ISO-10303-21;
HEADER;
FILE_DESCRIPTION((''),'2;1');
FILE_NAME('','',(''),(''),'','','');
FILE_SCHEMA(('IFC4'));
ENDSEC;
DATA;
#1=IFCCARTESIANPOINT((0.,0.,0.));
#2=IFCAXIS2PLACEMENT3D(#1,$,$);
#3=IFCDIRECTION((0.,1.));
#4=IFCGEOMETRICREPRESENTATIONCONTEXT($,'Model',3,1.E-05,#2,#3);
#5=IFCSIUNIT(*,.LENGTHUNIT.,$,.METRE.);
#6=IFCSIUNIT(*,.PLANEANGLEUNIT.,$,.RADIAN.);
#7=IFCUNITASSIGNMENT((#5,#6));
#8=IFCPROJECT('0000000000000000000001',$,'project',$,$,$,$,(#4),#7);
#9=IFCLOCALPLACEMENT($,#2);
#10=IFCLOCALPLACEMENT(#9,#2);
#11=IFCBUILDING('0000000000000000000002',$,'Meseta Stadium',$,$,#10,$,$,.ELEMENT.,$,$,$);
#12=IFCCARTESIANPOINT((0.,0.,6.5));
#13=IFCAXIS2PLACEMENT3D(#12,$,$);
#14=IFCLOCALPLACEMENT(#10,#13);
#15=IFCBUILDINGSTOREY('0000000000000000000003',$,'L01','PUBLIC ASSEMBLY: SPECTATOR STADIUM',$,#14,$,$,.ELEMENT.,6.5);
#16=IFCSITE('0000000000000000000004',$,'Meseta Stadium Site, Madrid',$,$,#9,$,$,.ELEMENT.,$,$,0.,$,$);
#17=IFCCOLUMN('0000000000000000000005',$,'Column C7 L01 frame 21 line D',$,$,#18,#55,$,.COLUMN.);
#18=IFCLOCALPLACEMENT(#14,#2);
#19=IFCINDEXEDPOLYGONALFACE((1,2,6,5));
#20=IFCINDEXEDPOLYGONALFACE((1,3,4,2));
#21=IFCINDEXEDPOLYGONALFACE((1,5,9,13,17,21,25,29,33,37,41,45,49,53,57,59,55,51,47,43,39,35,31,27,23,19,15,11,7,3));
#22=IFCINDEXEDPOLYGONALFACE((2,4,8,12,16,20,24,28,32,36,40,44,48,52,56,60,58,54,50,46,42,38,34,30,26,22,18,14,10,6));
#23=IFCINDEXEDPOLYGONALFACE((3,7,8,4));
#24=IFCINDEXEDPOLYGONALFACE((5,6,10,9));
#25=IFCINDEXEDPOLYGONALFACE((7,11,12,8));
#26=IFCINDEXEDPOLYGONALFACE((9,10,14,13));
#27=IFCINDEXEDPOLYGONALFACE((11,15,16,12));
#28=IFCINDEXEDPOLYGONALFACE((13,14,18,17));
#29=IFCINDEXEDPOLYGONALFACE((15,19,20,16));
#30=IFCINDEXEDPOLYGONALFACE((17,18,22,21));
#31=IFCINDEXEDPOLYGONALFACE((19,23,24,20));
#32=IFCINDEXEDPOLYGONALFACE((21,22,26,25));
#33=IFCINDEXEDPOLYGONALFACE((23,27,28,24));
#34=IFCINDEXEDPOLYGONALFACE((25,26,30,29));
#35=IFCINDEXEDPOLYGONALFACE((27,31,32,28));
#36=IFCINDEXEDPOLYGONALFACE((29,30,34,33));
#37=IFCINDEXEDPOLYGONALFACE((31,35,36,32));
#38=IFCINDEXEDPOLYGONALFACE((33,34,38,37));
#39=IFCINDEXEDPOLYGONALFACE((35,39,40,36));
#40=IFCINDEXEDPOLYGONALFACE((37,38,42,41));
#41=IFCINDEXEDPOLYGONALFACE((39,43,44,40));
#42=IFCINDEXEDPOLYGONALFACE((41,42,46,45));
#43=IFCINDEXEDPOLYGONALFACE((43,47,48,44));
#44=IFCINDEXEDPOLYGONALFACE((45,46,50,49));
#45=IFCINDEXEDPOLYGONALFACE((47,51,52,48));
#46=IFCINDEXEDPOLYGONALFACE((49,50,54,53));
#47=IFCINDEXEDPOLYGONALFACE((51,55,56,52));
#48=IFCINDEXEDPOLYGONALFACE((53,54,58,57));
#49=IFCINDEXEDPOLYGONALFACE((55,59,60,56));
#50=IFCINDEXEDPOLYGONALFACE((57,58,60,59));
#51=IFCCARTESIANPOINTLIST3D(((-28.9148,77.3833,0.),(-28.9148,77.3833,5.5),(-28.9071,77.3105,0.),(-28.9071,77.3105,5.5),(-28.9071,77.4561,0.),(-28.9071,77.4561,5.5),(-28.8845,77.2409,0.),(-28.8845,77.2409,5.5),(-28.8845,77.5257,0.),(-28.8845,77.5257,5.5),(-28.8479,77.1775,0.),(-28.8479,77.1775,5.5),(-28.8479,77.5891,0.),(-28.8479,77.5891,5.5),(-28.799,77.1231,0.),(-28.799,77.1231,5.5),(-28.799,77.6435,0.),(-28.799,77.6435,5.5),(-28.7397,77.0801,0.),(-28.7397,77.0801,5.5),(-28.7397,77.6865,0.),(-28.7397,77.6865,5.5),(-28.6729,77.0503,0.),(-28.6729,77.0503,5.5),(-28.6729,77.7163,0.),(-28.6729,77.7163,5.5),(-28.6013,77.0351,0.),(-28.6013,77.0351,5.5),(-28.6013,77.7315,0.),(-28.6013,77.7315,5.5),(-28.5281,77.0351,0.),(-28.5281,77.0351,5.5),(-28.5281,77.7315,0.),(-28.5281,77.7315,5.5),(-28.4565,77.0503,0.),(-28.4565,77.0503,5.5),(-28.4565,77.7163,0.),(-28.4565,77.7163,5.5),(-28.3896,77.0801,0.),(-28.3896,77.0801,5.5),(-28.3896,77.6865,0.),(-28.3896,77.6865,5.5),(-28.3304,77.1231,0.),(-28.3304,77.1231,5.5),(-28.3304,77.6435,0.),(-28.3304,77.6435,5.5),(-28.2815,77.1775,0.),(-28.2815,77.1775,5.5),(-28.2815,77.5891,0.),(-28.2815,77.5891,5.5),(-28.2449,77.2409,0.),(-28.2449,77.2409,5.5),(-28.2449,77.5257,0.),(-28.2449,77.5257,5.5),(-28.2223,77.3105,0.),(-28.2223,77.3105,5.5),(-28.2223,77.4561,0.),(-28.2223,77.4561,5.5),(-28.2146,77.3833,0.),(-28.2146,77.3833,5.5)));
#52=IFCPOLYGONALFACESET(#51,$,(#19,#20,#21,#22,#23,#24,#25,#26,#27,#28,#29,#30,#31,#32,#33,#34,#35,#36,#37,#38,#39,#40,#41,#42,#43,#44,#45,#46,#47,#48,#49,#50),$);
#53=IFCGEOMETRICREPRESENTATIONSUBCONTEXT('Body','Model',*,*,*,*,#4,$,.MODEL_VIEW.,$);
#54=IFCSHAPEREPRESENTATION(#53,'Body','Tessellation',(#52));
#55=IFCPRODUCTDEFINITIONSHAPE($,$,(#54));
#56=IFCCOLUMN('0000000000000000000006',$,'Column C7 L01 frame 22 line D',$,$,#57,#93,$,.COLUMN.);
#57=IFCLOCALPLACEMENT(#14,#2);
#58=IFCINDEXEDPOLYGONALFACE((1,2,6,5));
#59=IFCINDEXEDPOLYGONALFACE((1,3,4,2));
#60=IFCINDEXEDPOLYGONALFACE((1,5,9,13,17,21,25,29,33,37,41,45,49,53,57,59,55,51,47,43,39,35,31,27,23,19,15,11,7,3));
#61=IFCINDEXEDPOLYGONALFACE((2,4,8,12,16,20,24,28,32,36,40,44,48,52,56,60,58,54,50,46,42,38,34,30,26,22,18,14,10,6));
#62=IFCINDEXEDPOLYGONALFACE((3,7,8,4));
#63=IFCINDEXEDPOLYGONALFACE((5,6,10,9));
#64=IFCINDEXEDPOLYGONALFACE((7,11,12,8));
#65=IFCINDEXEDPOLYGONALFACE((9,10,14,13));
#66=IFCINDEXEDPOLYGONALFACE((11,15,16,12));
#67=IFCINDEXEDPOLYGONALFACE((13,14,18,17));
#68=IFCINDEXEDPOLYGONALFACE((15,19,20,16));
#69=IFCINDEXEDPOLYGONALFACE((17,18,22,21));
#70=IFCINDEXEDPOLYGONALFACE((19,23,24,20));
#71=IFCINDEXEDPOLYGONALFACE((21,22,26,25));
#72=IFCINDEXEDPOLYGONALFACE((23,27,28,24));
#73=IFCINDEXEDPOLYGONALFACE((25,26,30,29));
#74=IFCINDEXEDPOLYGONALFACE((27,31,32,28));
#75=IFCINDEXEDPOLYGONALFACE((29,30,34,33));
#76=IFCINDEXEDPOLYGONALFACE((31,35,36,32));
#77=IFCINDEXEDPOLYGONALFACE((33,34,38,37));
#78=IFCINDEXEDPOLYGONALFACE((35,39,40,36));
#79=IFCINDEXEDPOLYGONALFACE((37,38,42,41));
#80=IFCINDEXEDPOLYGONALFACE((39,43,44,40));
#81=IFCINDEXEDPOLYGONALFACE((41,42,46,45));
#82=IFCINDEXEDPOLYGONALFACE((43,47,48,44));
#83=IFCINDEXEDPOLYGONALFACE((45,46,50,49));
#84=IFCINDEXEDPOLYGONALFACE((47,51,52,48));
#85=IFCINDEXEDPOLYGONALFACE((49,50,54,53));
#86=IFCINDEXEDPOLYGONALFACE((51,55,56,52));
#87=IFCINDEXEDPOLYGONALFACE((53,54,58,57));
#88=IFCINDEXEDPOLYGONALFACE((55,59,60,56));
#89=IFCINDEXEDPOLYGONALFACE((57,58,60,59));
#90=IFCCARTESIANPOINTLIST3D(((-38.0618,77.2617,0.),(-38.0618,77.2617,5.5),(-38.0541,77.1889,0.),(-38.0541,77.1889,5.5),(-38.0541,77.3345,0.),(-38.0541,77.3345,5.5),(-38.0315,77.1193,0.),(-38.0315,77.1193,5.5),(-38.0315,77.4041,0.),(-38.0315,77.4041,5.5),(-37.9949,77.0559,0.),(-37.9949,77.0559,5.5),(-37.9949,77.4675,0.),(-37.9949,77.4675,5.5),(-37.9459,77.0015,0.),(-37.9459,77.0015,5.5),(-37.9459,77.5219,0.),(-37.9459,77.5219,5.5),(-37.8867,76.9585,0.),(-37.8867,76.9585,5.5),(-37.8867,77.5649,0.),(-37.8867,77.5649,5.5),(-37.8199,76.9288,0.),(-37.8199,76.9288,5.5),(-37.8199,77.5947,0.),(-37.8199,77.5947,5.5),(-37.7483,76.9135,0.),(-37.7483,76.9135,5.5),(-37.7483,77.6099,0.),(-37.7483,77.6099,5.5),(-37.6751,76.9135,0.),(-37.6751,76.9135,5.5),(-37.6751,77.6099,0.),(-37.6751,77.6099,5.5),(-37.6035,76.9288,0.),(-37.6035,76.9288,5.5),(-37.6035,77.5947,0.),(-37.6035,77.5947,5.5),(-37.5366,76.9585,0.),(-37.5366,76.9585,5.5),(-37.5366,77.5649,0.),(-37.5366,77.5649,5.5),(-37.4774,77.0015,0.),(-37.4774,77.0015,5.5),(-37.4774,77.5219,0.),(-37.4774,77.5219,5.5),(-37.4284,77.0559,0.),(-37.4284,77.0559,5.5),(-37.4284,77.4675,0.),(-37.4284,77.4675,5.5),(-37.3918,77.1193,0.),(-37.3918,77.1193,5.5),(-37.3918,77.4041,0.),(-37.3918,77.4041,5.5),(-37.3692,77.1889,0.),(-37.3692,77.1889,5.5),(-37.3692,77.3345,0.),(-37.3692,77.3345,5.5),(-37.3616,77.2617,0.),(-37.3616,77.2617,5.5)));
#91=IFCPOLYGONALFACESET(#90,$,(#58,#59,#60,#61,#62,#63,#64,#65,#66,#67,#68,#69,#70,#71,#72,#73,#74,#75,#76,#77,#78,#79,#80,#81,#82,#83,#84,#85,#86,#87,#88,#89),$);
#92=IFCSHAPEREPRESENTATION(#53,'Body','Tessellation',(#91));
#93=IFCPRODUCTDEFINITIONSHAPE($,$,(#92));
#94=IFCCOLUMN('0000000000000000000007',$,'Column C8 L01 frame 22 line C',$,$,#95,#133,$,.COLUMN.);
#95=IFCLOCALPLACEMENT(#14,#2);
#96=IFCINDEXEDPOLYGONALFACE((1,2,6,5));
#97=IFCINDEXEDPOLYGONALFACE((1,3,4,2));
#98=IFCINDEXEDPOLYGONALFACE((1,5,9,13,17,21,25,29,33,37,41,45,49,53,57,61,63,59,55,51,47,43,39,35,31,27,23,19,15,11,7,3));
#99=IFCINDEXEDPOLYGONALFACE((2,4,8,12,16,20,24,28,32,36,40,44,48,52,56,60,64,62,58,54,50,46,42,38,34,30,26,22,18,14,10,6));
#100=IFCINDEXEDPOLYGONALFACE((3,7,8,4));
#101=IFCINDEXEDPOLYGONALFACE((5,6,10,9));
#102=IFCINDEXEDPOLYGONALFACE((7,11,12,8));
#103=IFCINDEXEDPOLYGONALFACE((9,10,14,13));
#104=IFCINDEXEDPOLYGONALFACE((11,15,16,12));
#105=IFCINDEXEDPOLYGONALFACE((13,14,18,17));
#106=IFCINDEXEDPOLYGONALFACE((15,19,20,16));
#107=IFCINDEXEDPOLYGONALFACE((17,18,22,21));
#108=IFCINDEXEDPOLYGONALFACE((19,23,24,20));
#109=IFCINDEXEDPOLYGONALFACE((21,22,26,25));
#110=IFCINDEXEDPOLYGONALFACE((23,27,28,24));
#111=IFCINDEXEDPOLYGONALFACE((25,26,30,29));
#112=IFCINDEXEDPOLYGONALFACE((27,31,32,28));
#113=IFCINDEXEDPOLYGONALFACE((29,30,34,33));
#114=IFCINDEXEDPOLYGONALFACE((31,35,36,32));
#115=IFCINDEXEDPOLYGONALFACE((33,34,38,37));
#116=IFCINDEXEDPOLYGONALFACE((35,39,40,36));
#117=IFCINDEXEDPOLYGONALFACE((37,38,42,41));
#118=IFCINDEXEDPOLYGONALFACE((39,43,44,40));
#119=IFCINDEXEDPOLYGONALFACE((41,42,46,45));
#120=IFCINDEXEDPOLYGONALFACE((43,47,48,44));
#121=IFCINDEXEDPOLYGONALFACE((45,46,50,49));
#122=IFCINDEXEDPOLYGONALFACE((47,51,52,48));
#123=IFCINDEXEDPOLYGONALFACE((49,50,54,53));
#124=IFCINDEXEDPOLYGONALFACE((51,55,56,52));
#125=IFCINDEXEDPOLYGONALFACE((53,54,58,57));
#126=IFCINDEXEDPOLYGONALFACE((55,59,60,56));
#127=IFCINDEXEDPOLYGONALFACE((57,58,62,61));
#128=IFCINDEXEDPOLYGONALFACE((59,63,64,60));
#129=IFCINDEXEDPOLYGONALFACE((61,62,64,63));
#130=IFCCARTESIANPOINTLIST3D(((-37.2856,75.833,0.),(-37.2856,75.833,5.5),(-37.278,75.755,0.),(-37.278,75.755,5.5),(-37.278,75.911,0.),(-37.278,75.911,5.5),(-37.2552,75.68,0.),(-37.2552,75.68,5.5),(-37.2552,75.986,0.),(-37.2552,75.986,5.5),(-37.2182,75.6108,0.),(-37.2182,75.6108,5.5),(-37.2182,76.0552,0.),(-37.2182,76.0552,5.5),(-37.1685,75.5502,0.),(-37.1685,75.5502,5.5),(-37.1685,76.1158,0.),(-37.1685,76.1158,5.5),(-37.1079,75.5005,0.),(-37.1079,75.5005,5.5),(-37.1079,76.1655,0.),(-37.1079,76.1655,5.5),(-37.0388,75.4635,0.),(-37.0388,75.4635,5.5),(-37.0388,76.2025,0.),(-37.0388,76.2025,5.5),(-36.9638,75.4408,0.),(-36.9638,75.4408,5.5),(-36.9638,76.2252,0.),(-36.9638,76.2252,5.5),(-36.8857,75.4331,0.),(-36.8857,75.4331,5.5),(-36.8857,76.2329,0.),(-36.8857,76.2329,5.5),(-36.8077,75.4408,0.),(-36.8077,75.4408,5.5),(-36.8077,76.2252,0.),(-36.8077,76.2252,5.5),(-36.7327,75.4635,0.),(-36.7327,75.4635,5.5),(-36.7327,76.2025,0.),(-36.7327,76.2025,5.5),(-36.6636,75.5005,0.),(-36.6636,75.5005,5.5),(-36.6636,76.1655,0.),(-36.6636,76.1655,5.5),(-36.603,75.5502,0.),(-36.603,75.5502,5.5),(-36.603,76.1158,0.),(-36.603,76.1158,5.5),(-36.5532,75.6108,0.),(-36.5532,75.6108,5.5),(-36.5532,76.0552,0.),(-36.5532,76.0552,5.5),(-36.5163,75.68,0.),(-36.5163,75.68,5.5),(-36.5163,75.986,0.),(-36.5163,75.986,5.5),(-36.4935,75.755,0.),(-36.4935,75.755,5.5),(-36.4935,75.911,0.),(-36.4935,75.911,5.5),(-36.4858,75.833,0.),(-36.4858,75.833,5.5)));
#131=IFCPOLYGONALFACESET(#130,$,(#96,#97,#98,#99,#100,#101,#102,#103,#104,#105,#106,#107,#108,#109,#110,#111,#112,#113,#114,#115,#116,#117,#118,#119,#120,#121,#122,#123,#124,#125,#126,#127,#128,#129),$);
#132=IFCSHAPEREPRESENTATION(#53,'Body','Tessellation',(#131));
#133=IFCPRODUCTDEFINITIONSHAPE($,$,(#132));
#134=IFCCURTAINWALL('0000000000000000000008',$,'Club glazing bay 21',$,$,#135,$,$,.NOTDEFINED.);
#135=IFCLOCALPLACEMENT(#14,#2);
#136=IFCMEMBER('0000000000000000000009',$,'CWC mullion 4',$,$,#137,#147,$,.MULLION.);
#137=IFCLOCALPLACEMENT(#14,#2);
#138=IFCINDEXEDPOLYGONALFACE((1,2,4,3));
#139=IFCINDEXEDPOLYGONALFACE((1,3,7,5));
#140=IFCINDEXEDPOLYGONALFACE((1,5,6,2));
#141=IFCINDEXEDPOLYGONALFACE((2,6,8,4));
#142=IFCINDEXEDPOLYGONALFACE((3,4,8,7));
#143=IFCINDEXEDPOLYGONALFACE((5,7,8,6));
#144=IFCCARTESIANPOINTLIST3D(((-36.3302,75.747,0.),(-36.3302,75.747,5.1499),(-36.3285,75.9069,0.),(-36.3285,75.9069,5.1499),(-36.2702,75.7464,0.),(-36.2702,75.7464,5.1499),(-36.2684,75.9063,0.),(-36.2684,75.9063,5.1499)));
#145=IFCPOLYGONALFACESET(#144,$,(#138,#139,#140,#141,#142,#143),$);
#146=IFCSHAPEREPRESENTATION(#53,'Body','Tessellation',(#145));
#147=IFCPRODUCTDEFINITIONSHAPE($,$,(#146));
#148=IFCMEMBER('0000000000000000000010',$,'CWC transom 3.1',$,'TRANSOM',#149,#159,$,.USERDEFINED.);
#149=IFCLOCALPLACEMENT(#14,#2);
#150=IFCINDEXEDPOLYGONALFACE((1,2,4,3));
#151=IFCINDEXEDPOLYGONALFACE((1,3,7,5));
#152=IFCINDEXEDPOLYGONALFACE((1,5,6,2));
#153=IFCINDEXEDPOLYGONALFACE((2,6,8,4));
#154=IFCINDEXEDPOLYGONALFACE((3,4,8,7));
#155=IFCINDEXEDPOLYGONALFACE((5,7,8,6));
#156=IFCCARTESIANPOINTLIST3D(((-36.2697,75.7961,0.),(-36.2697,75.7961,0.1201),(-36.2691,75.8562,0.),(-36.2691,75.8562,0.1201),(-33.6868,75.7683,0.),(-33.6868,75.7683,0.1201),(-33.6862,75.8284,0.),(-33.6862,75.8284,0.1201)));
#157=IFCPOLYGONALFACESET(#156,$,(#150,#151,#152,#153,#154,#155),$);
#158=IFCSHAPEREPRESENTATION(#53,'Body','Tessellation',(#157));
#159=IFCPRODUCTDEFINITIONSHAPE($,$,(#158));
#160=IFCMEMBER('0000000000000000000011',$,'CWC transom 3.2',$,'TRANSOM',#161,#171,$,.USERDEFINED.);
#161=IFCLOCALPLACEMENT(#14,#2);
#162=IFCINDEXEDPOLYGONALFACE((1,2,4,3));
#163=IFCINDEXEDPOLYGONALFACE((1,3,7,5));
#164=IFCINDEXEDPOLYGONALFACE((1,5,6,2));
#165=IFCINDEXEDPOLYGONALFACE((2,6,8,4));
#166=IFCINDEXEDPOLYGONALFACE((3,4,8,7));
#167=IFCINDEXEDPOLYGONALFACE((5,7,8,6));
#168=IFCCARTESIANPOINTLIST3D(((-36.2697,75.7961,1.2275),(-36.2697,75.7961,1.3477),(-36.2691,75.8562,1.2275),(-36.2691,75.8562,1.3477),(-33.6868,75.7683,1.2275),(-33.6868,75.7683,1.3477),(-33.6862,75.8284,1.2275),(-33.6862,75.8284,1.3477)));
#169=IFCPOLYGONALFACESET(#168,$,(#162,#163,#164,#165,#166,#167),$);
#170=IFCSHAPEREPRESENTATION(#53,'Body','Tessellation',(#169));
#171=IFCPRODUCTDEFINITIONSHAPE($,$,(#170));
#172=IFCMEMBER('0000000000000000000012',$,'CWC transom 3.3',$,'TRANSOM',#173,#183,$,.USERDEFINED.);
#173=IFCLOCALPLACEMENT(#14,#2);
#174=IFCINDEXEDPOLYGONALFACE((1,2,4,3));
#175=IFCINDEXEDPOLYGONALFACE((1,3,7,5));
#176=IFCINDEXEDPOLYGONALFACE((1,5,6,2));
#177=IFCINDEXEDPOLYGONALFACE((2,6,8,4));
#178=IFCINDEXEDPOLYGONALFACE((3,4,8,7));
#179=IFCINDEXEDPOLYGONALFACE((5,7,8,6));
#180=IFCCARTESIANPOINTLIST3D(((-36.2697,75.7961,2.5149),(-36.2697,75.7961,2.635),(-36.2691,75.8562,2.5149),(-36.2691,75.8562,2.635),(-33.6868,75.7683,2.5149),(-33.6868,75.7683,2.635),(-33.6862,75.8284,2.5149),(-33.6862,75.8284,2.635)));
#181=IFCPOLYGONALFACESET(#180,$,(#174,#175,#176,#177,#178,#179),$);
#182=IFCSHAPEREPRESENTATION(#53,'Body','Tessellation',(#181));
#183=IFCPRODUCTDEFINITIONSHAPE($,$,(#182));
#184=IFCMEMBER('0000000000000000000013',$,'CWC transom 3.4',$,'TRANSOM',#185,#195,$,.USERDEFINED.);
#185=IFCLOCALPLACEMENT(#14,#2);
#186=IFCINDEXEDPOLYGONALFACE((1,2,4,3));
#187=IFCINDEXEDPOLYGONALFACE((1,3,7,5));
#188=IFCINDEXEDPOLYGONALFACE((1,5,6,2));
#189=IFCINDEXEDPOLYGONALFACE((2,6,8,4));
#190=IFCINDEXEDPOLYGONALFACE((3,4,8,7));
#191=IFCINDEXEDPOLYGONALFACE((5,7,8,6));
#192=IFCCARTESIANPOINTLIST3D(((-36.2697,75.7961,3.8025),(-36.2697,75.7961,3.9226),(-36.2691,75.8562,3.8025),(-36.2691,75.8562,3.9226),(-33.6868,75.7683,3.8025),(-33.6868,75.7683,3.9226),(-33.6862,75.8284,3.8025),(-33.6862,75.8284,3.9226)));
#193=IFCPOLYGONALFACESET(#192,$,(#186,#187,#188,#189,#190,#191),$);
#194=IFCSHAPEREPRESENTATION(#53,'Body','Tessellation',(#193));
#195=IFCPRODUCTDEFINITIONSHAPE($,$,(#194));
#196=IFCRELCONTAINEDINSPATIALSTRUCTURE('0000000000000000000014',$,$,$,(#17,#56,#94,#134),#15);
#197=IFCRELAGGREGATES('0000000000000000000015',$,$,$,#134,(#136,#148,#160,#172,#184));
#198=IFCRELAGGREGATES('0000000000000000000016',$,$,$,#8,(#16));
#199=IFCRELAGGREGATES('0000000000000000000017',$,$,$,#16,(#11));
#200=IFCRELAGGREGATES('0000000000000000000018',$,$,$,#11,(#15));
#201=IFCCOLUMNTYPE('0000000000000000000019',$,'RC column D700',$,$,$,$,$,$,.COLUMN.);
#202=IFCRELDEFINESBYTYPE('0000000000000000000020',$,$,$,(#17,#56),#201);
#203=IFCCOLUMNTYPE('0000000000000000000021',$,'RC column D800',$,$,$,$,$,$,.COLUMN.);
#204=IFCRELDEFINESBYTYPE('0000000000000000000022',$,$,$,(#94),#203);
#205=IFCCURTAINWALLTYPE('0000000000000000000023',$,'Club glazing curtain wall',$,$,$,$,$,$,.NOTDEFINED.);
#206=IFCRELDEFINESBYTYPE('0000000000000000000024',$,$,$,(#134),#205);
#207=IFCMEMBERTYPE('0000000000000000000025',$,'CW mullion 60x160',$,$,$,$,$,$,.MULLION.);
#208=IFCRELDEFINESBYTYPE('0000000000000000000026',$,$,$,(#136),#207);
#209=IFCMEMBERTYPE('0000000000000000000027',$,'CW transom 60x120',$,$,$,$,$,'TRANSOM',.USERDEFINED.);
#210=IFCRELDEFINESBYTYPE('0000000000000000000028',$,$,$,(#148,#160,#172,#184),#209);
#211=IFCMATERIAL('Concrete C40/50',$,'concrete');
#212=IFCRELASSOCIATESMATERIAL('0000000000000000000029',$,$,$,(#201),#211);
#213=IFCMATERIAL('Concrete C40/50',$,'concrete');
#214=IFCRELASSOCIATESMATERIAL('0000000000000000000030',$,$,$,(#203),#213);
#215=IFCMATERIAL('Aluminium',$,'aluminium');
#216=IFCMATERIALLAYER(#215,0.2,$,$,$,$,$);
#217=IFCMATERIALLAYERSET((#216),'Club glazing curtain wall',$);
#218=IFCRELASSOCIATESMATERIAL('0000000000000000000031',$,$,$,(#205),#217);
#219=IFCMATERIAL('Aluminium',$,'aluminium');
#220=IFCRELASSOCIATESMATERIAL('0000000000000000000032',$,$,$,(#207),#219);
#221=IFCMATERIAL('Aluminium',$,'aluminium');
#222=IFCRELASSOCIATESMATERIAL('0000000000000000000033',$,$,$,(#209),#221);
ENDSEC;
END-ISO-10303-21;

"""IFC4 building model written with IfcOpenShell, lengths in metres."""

from ifc_helpers import new_model, si_unit, direction, frame, origin, origin_2d, place, context, subcontext, project, spatial, rectangle, circle, extrude, material, layer, layer_set, material_profile, profile_set, type_object, element, aggregate, save


model = new_model("IFC4")

# Units and contexts
model_context = context("Model", 3, precision=1e-05, world=origin(), true_north=direction((0.0, 1.0)))
body_context = subcontext(model_context, "Body", "Model", "MODEL_VIEW")
ifc_project = project(units=[si_unit("LENGTHUNIT", "METRE"), si_unit("PLANEANGLEUNIT", "RADIAN")], contexts=[model_context])

# Site, building, storey
site_placement = place(None, origin())
site = spatial("IfcSite", under=ifc_project, at=site_placement, Name="Meseta Stadium Site, Madrid", CompositionType="ELEMENT", RefElevation=0.0)
building_placement = place(site_placement, origin())
building = spatial("IfcBuilding", under=site, at=building_placement, Name="Meseta Stadium", CompositionType="ELEMENT")
storey_placement = place(building_placement, frame((0.0, 0.0, 6.5)))
storey = spatial("IfcBuildingStorey", under=building, at=storey_placement, Name="L01", Description="PUBLIC ASSEMBLY: SPECTATOR STADIUM", CompositionType="ELEMENT", Elevation=6.5)

# Columns
ifc_material_1 = material(Name="Concrete C40/50", Category="concrete")
ifc_material_profile_1 = material_profile(ifc_material_1, circle(Radius=0.3501, at=origin_2d()), Name="RC D700")
ifc_profile_set_1 = profile_set([ifc_material_profile_1], Name="Concrete C40/50")
column_type_1 = type_object("IfcColumnType", Name="RC column D700", PredefinedType="COLUMN", material=ifc_profile_set_1)
for number, where, z_axis, x_axis, name in (
    (1, (-28.5647, 77.3833, 0.0), (0.0, 0.0, 1.0), (1.0, 0.0, 0.0), "Column C7 L01 frame 21 line D"),
    (2, (-37.7117, 77.2617, 0.0), (0.0, 0.0, 1.0), (1.0, 0.0, 0.0), "Column C7 L01 frame 22 line D"),
):
    element("IfcColumn", number, at=place(storey_placement, frame(where, z_axis=z_axis, x_axis=x_axis)), inside=storey, type_object=column_type_1, Name=name, PredefinedType="COLUMN", context=body_context, shape_type="SweptSolid", body=[
        extrude(circle(Radius=0.3501, at=origin_2d()), origin(), (0.0, 0.0, 1.0), 5.5),
    ])
ifc_material_2 = material(Name="Concrete C40/50", Category="concrete")
ifc_material_profile_2 = material_profile(ifc_material_2, circle(Radius=0.3999, at=origin_2d()), Name="RC D800")
ifc_profile_set_2 = profile_set([ifc_material_profile_2], Name="Concrete C40/50")
column_type_2 = type_object("IfcColumnType", Name="RC column D800", PredefinedType="COLUMN", material=ifc_profile_set_2)
column_placement = place(storey_placement, frame((-36.8857, 75.833, 0.0), z_axis=(0.0, 0.0, 1.0), x_axis=(1.0, 0.0, 0.0)))
element("IfcColumn", 3, at=column_placement, inside=storey, type_object=column_type_2, Name="Column C8 L01 frame 22 line C", PredefinedType="COLUMN", context=body_context, shape_type="SweptSolid", body=[
    extrude(circle(Radius=0.3999, at=origin_2d()), origin(), (0.0, 0.0, 1.0), 5.5),
])

# Curtain wall, members
ifc_material_3 = material(Name="Aluminium", Category="aluminium")
ifc_layer_1 = layer(ifc_material_3, 0.2)
ifc_layer_set_1 = layer_set([ifc_layer_1], Name="Club glazing curtain wall")
curtain_wall_type = type_object("IfcCurtainWallType", Name="Club glazing curtain wall", PredefinedType="NOTDEFINED", material=ifc_layer_set_1)
curtain_wall_placement = place(storey_placement, origin())
curtain_wall = element("IfcCurtainWall", 4, at=curtain_wall_placement, inside=storey, type_object=curtain_wall_type, Name="Club glazing bay 21", PredefinedType="NOTDEFINED")
ifc_material_4 = material(Name="Aluminium", Category="aluminium")
ifc_material_profile_3 = material_profile(ifc_material_4, rectangle(XDim=0.1599, YDim=0.0601, at=origin_2d()), Name="CW 160x60")
ifc_profile_set_3 = profile_set([ifc_material_profile_3], Name="Aluminium")
member_type_1 = type_object("IfcMemberType", Name="CW mullion 60x160", PredefinedType="MULLION", material=ifc_profile_set_3)
member_1_placement = place(storey_placement, frame((-36.2993, 75.8267, 0.0), z_axis=(0.0, 0.0, 1.0), x_axis=(-0.010843, -0.999941, 0.0)))
member_1 = element("IfcMember", 5, at=member_1_placement, type_object=member_type_1, Name="CWC mullion 4", PredefinedType="MULLION", context=body_context, shape_type="SweptSolid", body=[
    extrude(rectangle(XDim=0.1599, YDim=0.0601, at=origin_2d()), origin(), (0.0, 0.0, 1.0), 5.1499),
])
ifc_material_5 = material(Name="Aluminium", Category="aluminium")
ifc_material_profile_4 = material_profile(ifc_material_5, rectangle(XDim=0.0601, YDim=0.1201, at=origin_2d()), Name="CW 60x120")
ifc_profile_set_4 = profile_set([ifc_material_profile_4], Name="Aluminium")
member_type_2 = type_object("IfcMemberType", Name="CW transom 60x120", ElementType="TRANSOM", PredefinedType="USERDEFINED", material=ifc_profile_set_4)
member_2_placement = place(storey_placement, frame((-33.6865, 75.7983, 0.0601), z_axis=(-0.999942, 0.010775, 0.0), x_axis=(-0.010775, -0.999942, 0.0)))
member_2 = element("IfcMember", 6, at=member_2_placement, type_object=member_type_2, Name="CWC transom 3.1", ObjectType="TRANSOM", PredefinedType="USERDEFINED", context=body_context, shape_type="SweptSolid", body=[
    extrude(rectangle(XDim=0.0601, YDim=0.1201, at=origin_2d()), origin(), (0.0, 0.0, 1.0), 2.583),
])
member_3_placement = place(storey_placement, frame((-33.6865, 75.7983, 1.2876), z_axis=(-0.999942, 0.010775, 0.0), x_axis=(-0.010775, -0.999942, 0.0)))
member_3 = element("IfcMember", 7, at=member_3_placement, type_object=member_type_2, Name="CWC transom 3.2", ObjectType="TRANSOM", PredefinedType="USERDEFINED", context=body_context, shape_type="SweptSolid", body=[
    extrude(rectangle(XDim=0.0601, YDim=0.1201, at=origin_2d()), origin(), (0.0, 0.0, 1.0), 2.583),
])
member_4_placement = place(storey_placement, frame((-33.6865, 75.7983, 2.575), z_axis=(-0.999942, 0.010775, 0.0), x_axis=(-0.010775, -0.999942, 0.0)))
member_4 = element("IfcMember", 8, at=member_4_placement, type_object=member_type_2, Name="CWC transom 3.3", ObjectType="TRANSOM", PredefinedType="USERDEFINED", context=body_context, shape_type="SweptSolid", body=[
    extrude(rectangle(XDim=0.0601, YDim=0.1201, at=origin_2d()), origin(), (0.0, 0.0, 1.0), 2.583),
])
member_5_placement = place(storey_placement, frame((-33.6865, 75.7983, 3.8625), z_axis=(-0.999942, 0.010775, 0.0), x_axis=(-0.010775, -0.999942, 0.0)))
member_5 = element("IfcMember", 9, at=member_5_placement, type_object=member_type_2, Name="CWC transom 3.4", ObjectType="TRANSOM", PredefinedType="USERDEFINED", context=body_context, shape_type="SweptSolid", body=[
    extrude(rectangle(XDim=0.0601, YDim=0.1201, at=origin_2d()), origin(), (0.0, 0.0, 1.0), 2.583),
])

aggregate(curtain_wall, [member_1, member_2, member_3, member_4, member_5])

save(model, "model.ifc")
